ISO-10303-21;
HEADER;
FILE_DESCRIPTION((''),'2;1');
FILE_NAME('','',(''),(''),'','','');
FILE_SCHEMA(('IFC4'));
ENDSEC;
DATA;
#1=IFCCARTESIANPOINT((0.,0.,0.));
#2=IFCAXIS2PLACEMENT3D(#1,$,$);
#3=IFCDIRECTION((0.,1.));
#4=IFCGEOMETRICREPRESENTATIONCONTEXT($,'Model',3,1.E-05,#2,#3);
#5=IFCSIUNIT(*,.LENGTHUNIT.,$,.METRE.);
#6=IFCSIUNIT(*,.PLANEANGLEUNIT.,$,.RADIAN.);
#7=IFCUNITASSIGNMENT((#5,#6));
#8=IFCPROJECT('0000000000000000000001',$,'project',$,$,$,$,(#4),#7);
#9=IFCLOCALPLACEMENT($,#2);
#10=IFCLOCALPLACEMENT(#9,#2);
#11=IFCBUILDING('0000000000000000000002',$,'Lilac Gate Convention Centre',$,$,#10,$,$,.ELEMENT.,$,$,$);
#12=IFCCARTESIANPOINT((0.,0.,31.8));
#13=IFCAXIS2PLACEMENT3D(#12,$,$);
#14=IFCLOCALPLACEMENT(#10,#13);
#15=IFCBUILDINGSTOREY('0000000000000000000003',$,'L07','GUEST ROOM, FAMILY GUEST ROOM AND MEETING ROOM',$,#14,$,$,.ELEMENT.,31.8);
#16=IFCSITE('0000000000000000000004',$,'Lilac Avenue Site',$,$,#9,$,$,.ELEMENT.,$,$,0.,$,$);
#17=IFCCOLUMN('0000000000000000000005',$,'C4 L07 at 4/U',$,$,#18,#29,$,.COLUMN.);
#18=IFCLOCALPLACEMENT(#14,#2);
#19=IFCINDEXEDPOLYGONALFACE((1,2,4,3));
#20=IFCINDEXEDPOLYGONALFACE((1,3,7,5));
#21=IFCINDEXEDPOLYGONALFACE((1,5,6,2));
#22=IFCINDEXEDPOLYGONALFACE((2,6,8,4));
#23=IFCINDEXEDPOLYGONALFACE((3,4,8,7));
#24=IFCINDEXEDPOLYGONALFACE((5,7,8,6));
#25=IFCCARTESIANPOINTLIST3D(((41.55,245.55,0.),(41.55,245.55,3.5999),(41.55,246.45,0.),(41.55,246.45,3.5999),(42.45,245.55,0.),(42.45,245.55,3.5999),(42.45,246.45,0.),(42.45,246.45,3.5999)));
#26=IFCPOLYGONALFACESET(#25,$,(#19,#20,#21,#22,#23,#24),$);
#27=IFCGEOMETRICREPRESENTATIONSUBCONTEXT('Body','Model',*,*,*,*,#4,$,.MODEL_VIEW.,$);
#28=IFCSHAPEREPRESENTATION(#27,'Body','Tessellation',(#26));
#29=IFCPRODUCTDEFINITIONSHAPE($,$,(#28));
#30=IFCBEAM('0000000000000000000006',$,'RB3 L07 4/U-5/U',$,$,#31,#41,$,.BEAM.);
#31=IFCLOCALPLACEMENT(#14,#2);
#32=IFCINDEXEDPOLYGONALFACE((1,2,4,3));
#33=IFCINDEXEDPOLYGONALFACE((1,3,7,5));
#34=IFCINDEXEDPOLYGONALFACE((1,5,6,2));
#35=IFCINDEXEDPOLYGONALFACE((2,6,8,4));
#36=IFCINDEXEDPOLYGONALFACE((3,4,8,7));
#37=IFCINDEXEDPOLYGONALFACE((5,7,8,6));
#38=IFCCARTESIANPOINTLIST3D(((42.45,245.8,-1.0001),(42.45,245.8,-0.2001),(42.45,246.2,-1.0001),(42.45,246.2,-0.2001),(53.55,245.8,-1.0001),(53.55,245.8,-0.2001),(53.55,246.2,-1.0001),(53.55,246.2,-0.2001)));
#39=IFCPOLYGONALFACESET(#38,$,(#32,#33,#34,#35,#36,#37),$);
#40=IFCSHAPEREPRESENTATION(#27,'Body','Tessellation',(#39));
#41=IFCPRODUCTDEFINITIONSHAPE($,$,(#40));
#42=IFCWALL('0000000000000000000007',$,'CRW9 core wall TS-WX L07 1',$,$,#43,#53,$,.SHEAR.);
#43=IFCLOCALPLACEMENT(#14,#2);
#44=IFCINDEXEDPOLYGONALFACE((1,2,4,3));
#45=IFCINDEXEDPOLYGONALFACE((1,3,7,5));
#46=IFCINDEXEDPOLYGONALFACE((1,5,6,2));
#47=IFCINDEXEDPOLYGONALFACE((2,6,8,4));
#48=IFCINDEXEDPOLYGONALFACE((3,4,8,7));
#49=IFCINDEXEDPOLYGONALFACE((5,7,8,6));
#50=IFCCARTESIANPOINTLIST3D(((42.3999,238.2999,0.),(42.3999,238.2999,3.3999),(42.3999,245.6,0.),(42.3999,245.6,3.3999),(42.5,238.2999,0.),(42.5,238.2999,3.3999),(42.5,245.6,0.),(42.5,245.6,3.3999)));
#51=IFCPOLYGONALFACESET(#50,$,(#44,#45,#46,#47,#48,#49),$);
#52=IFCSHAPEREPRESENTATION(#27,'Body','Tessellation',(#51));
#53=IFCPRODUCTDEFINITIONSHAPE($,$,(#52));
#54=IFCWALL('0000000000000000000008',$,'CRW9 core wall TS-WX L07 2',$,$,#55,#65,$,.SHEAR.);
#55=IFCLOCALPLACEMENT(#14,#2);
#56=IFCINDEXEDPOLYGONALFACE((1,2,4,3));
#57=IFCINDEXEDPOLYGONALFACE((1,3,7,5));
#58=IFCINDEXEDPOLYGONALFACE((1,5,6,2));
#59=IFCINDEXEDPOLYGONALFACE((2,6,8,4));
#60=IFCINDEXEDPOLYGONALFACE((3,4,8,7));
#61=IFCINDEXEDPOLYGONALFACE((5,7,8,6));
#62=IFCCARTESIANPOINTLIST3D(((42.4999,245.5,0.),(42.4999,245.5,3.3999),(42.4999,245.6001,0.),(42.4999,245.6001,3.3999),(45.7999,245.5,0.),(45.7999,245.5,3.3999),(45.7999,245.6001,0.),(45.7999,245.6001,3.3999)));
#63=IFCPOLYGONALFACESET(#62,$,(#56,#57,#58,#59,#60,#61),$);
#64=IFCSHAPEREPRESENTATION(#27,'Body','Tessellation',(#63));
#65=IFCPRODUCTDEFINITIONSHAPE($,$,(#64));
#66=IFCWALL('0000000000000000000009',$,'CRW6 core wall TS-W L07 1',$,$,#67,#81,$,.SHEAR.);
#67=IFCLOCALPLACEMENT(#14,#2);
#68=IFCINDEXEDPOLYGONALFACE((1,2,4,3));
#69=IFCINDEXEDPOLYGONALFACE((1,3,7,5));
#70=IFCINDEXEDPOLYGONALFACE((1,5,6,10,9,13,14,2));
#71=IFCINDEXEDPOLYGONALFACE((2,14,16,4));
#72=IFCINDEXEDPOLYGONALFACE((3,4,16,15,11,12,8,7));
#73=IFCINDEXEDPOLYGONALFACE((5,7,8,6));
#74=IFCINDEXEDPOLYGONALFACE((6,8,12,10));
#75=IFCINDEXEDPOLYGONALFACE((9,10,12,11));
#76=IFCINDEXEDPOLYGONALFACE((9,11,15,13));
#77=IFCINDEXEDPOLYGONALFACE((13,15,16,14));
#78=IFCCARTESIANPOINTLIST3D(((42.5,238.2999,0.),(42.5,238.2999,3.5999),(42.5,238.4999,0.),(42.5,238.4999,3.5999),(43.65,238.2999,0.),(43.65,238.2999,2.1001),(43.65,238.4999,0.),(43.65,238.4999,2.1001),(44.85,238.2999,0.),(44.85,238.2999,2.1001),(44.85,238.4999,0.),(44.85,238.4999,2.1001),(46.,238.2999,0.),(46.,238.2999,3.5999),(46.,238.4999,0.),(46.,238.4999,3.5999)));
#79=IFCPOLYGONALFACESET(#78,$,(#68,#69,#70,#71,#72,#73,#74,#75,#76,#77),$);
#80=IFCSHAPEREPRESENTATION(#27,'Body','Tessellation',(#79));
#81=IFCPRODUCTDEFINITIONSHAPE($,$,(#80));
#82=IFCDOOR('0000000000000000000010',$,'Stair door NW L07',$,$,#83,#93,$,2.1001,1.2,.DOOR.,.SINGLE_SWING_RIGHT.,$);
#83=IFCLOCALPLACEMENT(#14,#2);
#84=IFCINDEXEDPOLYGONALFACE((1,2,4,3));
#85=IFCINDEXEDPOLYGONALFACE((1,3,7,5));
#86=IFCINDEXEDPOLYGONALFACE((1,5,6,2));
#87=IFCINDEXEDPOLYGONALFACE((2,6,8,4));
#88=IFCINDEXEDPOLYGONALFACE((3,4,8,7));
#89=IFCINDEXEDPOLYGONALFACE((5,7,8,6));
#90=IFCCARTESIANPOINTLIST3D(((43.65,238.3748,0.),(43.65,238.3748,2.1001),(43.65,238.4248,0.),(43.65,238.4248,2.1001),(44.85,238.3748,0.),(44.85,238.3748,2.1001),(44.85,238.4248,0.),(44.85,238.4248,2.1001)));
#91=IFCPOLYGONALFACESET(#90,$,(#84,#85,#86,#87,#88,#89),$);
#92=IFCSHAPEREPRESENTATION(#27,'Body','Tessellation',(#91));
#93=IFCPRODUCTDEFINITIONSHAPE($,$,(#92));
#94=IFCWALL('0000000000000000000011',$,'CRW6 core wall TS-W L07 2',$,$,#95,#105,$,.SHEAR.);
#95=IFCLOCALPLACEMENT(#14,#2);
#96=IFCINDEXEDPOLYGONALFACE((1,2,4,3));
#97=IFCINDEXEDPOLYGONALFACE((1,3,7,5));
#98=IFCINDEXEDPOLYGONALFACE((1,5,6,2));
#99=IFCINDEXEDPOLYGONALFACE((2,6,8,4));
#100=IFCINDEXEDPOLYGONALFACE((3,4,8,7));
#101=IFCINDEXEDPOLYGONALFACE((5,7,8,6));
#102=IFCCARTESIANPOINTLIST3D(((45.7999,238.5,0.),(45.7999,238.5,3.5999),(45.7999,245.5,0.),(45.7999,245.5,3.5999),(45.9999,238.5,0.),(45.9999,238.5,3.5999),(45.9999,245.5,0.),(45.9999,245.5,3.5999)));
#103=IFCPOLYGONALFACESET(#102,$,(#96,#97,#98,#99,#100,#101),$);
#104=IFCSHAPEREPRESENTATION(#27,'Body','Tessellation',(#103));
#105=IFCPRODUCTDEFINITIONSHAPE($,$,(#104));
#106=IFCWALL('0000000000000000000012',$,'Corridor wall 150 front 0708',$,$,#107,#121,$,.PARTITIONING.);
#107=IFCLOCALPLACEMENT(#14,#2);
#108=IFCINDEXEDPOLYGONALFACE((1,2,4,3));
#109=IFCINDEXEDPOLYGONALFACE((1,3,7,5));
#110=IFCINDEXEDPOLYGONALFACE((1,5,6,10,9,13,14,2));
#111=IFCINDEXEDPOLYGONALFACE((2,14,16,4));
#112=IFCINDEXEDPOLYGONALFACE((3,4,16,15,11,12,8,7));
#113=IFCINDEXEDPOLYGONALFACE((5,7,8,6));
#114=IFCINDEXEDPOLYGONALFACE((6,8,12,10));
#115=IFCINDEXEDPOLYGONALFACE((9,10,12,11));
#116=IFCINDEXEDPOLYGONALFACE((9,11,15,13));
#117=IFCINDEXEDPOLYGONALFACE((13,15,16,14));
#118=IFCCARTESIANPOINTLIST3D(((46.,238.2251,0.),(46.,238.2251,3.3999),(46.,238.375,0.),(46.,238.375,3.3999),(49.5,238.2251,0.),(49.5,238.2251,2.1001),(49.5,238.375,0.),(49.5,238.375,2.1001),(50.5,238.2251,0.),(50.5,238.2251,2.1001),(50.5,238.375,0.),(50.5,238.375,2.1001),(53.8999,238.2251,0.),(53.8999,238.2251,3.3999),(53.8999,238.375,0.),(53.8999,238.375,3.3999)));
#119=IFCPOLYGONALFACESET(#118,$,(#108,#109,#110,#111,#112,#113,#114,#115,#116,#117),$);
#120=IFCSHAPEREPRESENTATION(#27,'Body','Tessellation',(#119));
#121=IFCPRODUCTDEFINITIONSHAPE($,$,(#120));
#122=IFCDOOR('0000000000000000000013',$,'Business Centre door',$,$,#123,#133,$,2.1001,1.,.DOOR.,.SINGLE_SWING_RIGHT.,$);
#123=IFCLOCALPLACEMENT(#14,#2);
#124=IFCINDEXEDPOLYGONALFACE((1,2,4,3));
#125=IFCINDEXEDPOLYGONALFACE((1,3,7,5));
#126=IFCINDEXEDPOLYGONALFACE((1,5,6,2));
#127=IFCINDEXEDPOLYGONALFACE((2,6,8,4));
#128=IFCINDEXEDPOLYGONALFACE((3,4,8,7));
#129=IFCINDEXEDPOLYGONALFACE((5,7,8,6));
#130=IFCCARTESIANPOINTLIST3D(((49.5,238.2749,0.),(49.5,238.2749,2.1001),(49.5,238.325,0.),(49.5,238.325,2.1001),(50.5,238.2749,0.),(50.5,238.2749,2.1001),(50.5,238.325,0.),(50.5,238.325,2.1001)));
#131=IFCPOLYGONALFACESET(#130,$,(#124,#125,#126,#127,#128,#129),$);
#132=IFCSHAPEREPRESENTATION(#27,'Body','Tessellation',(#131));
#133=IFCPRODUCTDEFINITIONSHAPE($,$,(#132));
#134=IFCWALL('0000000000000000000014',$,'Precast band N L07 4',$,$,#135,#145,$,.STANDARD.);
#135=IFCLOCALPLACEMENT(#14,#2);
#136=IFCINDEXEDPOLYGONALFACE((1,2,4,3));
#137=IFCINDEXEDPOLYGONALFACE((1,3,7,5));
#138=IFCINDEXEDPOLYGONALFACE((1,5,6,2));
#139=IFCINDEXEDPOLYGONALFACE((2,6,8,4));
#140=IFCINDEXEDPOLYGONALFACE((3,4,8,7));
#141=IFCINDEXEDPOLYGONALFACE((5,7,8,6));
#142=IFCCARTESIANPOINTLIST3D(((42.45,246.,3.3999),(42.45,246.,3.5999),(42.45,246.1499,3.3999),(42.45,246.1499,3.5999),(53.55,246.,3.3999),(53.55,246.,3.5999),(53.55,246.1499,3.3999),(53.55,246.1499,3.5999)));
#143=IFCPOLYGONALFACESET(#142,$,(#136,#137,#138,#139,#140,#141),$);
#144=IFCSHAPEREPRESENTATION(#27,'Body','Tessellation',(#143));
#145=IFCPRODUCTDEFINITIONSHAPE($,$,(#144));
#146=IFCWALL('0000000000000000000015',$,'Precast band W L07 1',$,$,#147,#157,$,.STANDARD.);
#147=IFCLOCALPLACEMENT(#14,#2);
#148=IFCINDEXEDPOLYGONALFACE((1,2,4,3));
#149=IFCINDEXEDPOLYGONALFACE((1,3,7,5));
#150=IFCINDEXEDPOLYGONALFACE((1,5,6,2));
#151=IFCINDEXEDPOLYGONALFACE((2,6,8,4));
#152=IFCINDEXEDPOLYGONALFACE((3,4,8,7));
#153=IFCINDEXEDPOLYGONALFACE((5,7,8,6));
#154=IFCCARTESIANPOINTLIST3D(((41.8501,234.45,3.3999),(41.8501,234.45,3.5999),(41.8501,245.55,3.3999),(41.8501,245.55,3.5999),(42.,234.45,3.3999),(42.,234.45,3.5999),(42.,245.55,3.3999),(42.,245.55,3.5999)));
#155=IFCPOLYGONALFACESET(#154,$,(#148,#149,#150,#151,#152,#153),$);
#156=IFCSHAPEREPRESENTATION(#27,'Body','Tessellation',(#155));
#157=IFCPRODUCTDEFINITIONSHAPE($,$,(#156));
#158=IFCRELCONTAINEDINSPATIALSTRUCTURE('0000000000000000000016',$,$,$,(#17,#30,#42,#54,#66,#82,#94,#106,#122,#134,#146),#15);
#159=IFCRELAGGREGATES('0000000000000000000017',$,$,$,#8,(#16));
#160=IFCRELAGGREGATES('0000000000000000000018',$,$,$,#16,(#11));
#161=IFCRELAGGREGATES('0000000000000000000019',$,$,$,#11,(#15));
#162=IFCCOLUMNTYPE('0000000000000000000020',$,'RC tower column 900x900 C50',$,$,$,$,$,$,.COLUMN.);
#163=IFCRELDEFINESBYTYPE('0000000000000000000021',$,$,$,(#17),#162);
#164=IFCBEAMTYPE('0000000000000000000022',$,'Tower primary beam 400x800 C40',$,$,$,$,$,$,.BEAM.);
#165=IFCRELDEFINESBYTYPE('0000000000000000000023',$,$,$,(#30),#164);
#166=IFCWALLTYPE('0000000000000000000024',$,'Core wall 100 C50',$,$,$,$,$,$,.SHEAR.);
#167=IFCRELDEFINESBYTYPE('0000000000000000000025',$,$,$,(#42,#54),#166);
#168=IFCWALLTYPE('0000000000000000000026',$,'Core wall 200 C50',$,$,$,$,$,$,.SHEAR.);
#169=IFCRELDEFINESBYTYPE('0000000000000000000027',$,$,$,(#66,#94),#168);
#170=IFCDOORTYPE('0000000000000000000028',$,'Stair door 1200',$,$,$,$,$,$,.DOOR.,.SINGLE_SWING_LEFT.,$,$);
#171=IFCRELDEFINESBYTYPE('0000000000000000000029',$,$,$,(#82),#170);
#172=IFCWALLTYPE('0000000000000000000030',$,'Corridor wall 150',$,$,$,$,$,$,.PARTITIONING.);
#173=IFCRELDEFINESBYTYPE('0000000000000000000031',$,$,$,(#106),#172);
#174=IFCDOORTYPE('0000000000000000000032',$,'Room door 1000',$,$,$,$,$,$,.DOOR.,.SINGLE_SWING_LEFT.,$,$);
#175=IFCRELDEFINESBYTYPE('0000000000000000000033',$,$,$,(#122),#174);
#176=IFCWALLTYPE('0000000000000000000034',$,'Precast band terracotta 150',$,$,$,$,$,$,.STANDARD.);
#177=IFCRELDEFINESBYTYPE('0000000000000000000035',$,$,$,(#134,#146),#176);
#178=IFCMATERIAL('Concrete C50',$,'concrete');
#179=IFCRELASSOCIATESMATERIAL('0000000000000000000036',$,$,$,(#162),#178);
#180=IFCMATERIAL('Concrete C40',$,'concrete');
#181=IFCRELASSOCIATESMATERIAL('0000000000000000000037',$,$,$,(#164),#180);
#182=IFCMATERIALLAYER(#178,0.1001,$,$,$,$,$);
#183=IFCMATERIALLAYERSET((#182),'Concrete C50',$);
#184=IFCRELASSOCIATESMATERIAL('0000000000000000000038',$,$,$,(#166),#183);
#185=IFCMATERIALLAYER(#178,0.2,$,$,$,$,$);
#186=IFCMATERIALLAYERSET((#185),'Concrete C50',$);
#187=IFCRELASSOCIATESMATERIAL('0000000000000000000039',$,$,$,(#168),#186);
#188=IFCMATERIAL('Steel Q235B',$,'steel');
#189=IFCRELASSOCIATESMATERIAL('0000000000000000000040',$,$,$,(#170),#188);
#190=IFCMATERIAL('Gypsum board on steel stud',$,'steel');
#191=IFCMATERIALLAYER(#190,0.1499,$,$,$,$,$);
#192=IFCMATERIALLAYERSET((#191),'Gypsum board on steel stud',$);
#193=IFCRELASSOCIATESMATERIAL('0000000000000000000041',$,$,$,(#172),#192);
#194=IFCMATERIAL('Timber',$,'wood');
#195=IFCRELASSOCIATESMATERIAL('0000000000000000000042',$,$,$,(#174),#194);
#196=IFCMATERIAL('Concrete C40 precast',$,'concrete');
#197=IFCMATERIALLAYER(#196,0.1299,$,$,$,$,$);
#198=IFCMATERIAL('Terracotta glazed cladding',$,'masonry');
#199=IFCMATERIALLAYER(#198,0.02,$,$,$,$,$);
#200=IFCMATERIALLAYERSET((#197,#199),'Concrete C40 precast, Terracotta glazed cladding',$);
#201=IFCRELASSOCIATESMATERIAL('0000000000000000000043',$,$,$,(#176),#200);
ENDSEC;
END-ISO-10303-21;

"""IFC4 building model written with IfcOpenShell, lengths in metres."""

from ifc_helpers import new_model, si_unit, direction, frame, frame_2d, origin, origin_2d, place, context, subcontext, project, spatial, rectangle, extrude, material, layer, layer_set, material_profile, profile_set, type_object, element, fill, save


model = new_model("IFC4")

# Units and contexts
model_context = context("Model", 3, precision=1e-05, world=origin(), true_north=direction((0.0, 1.0)))
body_context = subcontext(model_context, "Body", "Model", "MODEL_VIEW")
ifc_project = project(units=[si_unit("LENGTHUNIT", "METRE"), si_unit("PLANEANGLEUNIT", "RADIAN")], contexts=[model_context])

# Site, building, storey
site_placement = place(None, origin())
site = spatial("IfcSite", under=ifc_project, at=site_placement, Name="Lilac Avenue Site", CompositionType="ELEMENT", RefElevation=0.0)
building_placement = place(site_placement, origin())
building = spatial("IfcBuilding", under=site, at=building_placement, Name="Lilac Gate Convention Centre", CompositionType="ELEMENT")
storey_placement = place(building_placement, frame((0.0, 0.0, 31.8)))
storey = spatial("IfcBuildingStorey", under=building, at=storey_placement, Name="L07", Description="GUEST ROOM, FAMILY GUEST ROOM AND MEETING ROOM", CompositionType="ELEMENT", Elevation=31.8)

# Column
ifc_material_1 = material(Name="Concrete C50", Category="concrete")
ifc_material_profile_1 = material_profile(ifc_material_1, rectangle(XDim=0.8999, YDim=0.8999, at=origin_2d()), Name="RC 900x900")
ifc_profile_set_1 = profile_set([ifc_material_profile_1], Name="Concrete C50")
column_type = type_object("IfcColumnType", Name="RC tower column 900x900 C50", PredefinedType="COLUMN", material=ifc_profile_set_1)
column_placement = place(storey_placement, frame((42.0, 246.0, 0.0), z_axis=(0.0, 0.0, 1.0), x_axis=(1.0, 0.0, 0.0)))
element("IfcColumn", 1, at=column_placement, inside=storey, type_object=column_type, Name="C4 L07 at 4/U", PredefinedType="COLUMN", context=body_context, shape_type="SweptSolid", body=[
    extrude(rectangle(XDim=0.8999, YDim=0.8999, at=origin_2d()), origin(), (0.0, 0.0, 1.0), 3.5999),
])

# Beam
ifc_material_2 = material(Name="Concrete C40", Category="concrete")
ifc_material_profile_2 = material_profile(ifc_material_2, rectangle(XDim=0.3999, YDim=0.8, at=origin_2d()), Name="RC 400x800")
ifc_profile_set_2 = profile_set([ifc_material_profile_2], Name="Concrete C40")
beam_type = type_object("IfcBeamType", Name="Tower primary beam 400x800 C40", PredefinedType="BEAM", material=ifc_profile_set_2)
beam_placement = place(storey_placement, frame((42.45, 246.0, -0.6001), z_axis=(1.0, 0.0, 0.0), x_axis=(0.0, 1.0, 0.0)))
element("IfcBeam", 2, at=beam_placement, inside=storey, type_object=beam_type, Name="RB3 L07 4/U-5/U", PredefinedType="BEAM", context=body_context, shape_type="SweptSolid", body=[
    extrude(rectangle(XDim=0.3999, YDim=0.8, at=origin_2d()), origin(), (0.0, 0.0, 1.0), 11.1001),
])

# Walls
ifc_layer_1 = layer(ifc_material_1, 0.1001)
ifc_layer_set_1 = layer_set([ifc_layer_1], Name="Concrete C50")
wall_type_1 = type_object("IfcWallType", Name="Core wall 100 C50", PredefinedType="SHEAR", material=ifc_layer_set_1)
wall_1_placement = place(storey_placement, frame((42.45, 238.3, 0.0), z_axis=(0.0, 0.0, 1.0), x_axis=(0.0, 1.0, 0.0)))
element("IfcWall", 3, at=wall_1_placement, inside=storey, type_object=wall_type_1, Name="CRW9 core wall TS-WX L07 1", PredefinedType="SHEAR", context=body_context, shape_type="SweptSolid", body=[
    extrude(rectangle(XDim=7.3, YDim=0.1001, at=frame_2d((3.6499, 0.0))), origin(), (0.0, 0.0, 1.0), 3.3999),
])
wall_2_placement = place(storey_placement, frame((42.5, 245.55, 0.0), z_axis=(0.0, 0.0, 1.0), x_axis=(1.0, 0.0, 0.0)))
element("IfcWall", 4, at=wall_2_placement, inside=storey, type_object=wall_type_1, Name="CRW9 core wall TS-WX L07 2", PredefinedType="SHEAR", context=body_context, shape_type="SweptSolid", body=[
    extrude(rectangle(XDim=3.3, YDim=0.1001, at=frame_2d((1.6499, 0.0))), origin(), (0.0, 0.0, 1.0), 3.3999),
])

# Wall, opening, door
ifc_layer_2 = layer(ifc_material_1, 0.2)
ifc_layer_set_2 = layer_set([ifc_layer_2], Name="Concrete C50")
wall_type_2 = type_object("IfcWallType", Name="Core wall 200 C50", PredefinedType="SHEAR", material=ifc_layer_set_2)
wall_3_placement = place(storey_placement, frame((42.5, 238.3999, 0.0), z_axis=(0.0, 0.0, 1.0), x_axis=(1.0, 0.0, 0.0)))
wall_3 = element("IfcWall", 5, at=wall_3_placement, inside=storey, type_object=wall_type_2, Name="CRW6 core wall TS-W L07 1", PredefinedType="SHEAR", context=body_context, shape_type="SweptSolid", body=[
    extrude(rectangle(XDim=3.5, YDim=0.2, at=frame_2d((1.75, 0.0))), origin(), (0.0, 0.0, 1.0), 3.5999),
])
opening_1_placement = place(wall_3_placement, frame((1.1499, 0.0, 0.0)))
opening_1 = element("IfcOpeningElement", 6, at=opening_1_placement, cuts=wall_3, PredefinedType="OPENING", context=body_context, shape_type="SweptSolid", body=[
    extrude(rectangle(XDim=1.2, YDim=2.1001, at=frame_2d((0.6001, 1.05))), frame((0.0, 0.1099, 0.0), z_axis=(0.0, -1.0, 0.0), x_axis=(1.0, 0.0, 0.0)), (0.0, 0.0, 1.0), 0.22),
])
ifc_material_3 = material(Name="Steel Q235B", Category="steel")
door_type_1 = type_object("IfcDoorType", Name="Stair door 1200", OperationType="SINGLE_SWING_LEFT", PredefinedType="DOOR", material=ifc_material_3)
door_1_placement = place(opening_1_placement, origin())
door_1 = element("IfcDoor", 7, at=door_1_placement, inside=storey, type_object=door_type_1, Name="Stair door NW L07", OperationType="SINGLE_SWING_RIGHT", OverallHeight=2.1001, OverallWidth=1.2, PredefinedType="DOOR", context=body_context, shape_type="SweptSolid", body=[
    extrude(rectangle(XDim=1.2, YDim=2.1001, at=frame_2d((0.6001, 1.05))), frame((0.0, 0.0249, 0.0), z_axis=(0.0, -1.0, 0.0), x_axis=(1.0, 0.0, 0.0)), (0.0, 0.0, 1.0), 0.05),
])
fill(opening_1, door_1)

# Wall
wall_4_placement = place(storey_placement, frame((45.8999, 238.5, 0.0), z_axis=(0.0, 0.0, 1.0), x_axis=(0.0, 1.0, 0.0)))
element("IfcWall", 8, at=wall_4_placement, inside=storey, type_object=wall_type_2, Name="CRW6 core wall TS-W L07 2", PredefinedType="SHEAR", context=body_context, shape_type="SweptSolid", body=[
    extrude(rectangle(XDim=7.0, YDim=0.2, at=frame_2d((3.5, 0.0))), origin(), (0.0, 0.0, 1.0), 3.5999),
])

# Wall, opening, door
ifc_material_4 = material(Name="Gypsum board on steel stud", Category="steel")
ifc_layer_3 = layer(ifc_material_4, 0.1499)
ifc_layer_set_3 = layer_set([ifc_layer_3], Name="Gypsum board on steel stud")
wall_type_3 = type_object("IfcWallType", Name="Corridor wall 150", PredefinedType="PARTITIONING", material=ifc_layer_set_3)
wall_5_placement = place(storey_placement, frame((46.0, 238.3, 0.0), z_axis=(0.0, 0.0, 1.0), x_axis=(1.0, 0.0, 0.0)))
wall_5 = element("IfcWall", 9, at=wall_5_placement, inside=storey, type_object=wall_type_3, Name="Corridor wall 150 front 0708", PredefinedType="PARTITIONING", context=body_context, shape_type="SweptSolid", body=[
    extrude(rectangle(XDim=7.8999, YDim=0.1499, at=frame_2d((3.95, 0.0))), origin(), (0.0, 0.0, 1.0), 3.3999),
])
opening_2_placement = place(wall_5_placement, frame((3.5, 0.0, 0.0)))
opening_2 = element("IfcOpeningElement", 10, at=opening_2_placement, cuts=wall_5, PredefinedType="OPENING", context=body_context, shape_type="SweptSolid", body=[
    extrude(rectangle(XDim=1.0, YDim=2.1001, at=frame_2d((0.5, 1.05))), frame((0.0, 0.085, 0.0), z_axis=(0.0, -1.0, 0.0), x_axis=(1.0, 0.0, 0.0)), (0.0, 0.0, 1.0), 0.1699),
])
ifc_material_5 = material(Name="Timber", Category="wood")
door_type_2 = type_object("IfcDoorType", Name="Room door 1000", OperationType="SINGLE_SWING_LEFT", PredefinedType="DOOR", material=ifc_material_5)
door_2_placement = place(opening_2_placement, origin())
door_2 = element("IfcDoor", 11, at=door_2_placement, inside=storey, type_object=door_type_2, Name="Business Centre door", OperationType="SINGLE_SWING_RIGHT", OverallHeight=2.1001, OverallWidth=1.0, PredefinedType="DOOR", context=body_context, shape_type="SweptSolid", body=[
    extrude(rectangle(XDim=1.0, YDim=2.1001, at=frame_2d((0.5, 1.05))), frame((0.0, 0.0249, 0.0), z_axis=(0.0, -1.0, 0.0), x_axis=(1.0, 0.0, 0.0)), (0.0, 0.0, 1.0), 0.05),
])
fill(opening_2, door_2)

# Walls
ifc_material_6 = material(Name="Concrete C40 precast", Category="concrete")
ifc_layer_4 = layer(ifc_material_6, 0.1299)
ifc_material_7 = material(Name="Terracotta glazed cladding", Category="masonry")
ifc_layer_5 = layer(ifc_material_7, 0.02)
ifc_layer_set_4 = layer_set([ifc_layer_4, ifc_layer_5], Name="Concrete C40 precast, Terracotta glazed cladding")
wall_type_4 = type_object("IfcWallType", Name="Precast band terracotta 150", PredefinedType="STANDARD", material=ifc_layer_set_4)
for number, where, z_axis, x_axis, name in (
    (12, (53.55, 246.075, 3.3999), (0.0, 0.0, 1.0), (-1.0, 0.0, 0.0), "Precast band N L07 4"),
    (13, (41.925, 245.55, 3.3999), (0.0, 0.0, 1.0), (0.0, -1.0, 0.0), "Precast band W L07 1"),
):
    element("IfcWall", number, at=place(storey_placement, frame(where, z_axis=z_axis, x_axis=x_axis)), inside=storey, type_object=wall_type_4, Name=name, PredefinedType="STANDARD", context=body_context, shape_type="SweptSolid", body=[
        extrude(rectangle(XDim=11.1001, YDim=0.1499, at=frame_2d((5.55, 0.0))), origin(), (0.0, 0.0, 1.0), 0.2),
    ])

save(model, "model.ifc")
